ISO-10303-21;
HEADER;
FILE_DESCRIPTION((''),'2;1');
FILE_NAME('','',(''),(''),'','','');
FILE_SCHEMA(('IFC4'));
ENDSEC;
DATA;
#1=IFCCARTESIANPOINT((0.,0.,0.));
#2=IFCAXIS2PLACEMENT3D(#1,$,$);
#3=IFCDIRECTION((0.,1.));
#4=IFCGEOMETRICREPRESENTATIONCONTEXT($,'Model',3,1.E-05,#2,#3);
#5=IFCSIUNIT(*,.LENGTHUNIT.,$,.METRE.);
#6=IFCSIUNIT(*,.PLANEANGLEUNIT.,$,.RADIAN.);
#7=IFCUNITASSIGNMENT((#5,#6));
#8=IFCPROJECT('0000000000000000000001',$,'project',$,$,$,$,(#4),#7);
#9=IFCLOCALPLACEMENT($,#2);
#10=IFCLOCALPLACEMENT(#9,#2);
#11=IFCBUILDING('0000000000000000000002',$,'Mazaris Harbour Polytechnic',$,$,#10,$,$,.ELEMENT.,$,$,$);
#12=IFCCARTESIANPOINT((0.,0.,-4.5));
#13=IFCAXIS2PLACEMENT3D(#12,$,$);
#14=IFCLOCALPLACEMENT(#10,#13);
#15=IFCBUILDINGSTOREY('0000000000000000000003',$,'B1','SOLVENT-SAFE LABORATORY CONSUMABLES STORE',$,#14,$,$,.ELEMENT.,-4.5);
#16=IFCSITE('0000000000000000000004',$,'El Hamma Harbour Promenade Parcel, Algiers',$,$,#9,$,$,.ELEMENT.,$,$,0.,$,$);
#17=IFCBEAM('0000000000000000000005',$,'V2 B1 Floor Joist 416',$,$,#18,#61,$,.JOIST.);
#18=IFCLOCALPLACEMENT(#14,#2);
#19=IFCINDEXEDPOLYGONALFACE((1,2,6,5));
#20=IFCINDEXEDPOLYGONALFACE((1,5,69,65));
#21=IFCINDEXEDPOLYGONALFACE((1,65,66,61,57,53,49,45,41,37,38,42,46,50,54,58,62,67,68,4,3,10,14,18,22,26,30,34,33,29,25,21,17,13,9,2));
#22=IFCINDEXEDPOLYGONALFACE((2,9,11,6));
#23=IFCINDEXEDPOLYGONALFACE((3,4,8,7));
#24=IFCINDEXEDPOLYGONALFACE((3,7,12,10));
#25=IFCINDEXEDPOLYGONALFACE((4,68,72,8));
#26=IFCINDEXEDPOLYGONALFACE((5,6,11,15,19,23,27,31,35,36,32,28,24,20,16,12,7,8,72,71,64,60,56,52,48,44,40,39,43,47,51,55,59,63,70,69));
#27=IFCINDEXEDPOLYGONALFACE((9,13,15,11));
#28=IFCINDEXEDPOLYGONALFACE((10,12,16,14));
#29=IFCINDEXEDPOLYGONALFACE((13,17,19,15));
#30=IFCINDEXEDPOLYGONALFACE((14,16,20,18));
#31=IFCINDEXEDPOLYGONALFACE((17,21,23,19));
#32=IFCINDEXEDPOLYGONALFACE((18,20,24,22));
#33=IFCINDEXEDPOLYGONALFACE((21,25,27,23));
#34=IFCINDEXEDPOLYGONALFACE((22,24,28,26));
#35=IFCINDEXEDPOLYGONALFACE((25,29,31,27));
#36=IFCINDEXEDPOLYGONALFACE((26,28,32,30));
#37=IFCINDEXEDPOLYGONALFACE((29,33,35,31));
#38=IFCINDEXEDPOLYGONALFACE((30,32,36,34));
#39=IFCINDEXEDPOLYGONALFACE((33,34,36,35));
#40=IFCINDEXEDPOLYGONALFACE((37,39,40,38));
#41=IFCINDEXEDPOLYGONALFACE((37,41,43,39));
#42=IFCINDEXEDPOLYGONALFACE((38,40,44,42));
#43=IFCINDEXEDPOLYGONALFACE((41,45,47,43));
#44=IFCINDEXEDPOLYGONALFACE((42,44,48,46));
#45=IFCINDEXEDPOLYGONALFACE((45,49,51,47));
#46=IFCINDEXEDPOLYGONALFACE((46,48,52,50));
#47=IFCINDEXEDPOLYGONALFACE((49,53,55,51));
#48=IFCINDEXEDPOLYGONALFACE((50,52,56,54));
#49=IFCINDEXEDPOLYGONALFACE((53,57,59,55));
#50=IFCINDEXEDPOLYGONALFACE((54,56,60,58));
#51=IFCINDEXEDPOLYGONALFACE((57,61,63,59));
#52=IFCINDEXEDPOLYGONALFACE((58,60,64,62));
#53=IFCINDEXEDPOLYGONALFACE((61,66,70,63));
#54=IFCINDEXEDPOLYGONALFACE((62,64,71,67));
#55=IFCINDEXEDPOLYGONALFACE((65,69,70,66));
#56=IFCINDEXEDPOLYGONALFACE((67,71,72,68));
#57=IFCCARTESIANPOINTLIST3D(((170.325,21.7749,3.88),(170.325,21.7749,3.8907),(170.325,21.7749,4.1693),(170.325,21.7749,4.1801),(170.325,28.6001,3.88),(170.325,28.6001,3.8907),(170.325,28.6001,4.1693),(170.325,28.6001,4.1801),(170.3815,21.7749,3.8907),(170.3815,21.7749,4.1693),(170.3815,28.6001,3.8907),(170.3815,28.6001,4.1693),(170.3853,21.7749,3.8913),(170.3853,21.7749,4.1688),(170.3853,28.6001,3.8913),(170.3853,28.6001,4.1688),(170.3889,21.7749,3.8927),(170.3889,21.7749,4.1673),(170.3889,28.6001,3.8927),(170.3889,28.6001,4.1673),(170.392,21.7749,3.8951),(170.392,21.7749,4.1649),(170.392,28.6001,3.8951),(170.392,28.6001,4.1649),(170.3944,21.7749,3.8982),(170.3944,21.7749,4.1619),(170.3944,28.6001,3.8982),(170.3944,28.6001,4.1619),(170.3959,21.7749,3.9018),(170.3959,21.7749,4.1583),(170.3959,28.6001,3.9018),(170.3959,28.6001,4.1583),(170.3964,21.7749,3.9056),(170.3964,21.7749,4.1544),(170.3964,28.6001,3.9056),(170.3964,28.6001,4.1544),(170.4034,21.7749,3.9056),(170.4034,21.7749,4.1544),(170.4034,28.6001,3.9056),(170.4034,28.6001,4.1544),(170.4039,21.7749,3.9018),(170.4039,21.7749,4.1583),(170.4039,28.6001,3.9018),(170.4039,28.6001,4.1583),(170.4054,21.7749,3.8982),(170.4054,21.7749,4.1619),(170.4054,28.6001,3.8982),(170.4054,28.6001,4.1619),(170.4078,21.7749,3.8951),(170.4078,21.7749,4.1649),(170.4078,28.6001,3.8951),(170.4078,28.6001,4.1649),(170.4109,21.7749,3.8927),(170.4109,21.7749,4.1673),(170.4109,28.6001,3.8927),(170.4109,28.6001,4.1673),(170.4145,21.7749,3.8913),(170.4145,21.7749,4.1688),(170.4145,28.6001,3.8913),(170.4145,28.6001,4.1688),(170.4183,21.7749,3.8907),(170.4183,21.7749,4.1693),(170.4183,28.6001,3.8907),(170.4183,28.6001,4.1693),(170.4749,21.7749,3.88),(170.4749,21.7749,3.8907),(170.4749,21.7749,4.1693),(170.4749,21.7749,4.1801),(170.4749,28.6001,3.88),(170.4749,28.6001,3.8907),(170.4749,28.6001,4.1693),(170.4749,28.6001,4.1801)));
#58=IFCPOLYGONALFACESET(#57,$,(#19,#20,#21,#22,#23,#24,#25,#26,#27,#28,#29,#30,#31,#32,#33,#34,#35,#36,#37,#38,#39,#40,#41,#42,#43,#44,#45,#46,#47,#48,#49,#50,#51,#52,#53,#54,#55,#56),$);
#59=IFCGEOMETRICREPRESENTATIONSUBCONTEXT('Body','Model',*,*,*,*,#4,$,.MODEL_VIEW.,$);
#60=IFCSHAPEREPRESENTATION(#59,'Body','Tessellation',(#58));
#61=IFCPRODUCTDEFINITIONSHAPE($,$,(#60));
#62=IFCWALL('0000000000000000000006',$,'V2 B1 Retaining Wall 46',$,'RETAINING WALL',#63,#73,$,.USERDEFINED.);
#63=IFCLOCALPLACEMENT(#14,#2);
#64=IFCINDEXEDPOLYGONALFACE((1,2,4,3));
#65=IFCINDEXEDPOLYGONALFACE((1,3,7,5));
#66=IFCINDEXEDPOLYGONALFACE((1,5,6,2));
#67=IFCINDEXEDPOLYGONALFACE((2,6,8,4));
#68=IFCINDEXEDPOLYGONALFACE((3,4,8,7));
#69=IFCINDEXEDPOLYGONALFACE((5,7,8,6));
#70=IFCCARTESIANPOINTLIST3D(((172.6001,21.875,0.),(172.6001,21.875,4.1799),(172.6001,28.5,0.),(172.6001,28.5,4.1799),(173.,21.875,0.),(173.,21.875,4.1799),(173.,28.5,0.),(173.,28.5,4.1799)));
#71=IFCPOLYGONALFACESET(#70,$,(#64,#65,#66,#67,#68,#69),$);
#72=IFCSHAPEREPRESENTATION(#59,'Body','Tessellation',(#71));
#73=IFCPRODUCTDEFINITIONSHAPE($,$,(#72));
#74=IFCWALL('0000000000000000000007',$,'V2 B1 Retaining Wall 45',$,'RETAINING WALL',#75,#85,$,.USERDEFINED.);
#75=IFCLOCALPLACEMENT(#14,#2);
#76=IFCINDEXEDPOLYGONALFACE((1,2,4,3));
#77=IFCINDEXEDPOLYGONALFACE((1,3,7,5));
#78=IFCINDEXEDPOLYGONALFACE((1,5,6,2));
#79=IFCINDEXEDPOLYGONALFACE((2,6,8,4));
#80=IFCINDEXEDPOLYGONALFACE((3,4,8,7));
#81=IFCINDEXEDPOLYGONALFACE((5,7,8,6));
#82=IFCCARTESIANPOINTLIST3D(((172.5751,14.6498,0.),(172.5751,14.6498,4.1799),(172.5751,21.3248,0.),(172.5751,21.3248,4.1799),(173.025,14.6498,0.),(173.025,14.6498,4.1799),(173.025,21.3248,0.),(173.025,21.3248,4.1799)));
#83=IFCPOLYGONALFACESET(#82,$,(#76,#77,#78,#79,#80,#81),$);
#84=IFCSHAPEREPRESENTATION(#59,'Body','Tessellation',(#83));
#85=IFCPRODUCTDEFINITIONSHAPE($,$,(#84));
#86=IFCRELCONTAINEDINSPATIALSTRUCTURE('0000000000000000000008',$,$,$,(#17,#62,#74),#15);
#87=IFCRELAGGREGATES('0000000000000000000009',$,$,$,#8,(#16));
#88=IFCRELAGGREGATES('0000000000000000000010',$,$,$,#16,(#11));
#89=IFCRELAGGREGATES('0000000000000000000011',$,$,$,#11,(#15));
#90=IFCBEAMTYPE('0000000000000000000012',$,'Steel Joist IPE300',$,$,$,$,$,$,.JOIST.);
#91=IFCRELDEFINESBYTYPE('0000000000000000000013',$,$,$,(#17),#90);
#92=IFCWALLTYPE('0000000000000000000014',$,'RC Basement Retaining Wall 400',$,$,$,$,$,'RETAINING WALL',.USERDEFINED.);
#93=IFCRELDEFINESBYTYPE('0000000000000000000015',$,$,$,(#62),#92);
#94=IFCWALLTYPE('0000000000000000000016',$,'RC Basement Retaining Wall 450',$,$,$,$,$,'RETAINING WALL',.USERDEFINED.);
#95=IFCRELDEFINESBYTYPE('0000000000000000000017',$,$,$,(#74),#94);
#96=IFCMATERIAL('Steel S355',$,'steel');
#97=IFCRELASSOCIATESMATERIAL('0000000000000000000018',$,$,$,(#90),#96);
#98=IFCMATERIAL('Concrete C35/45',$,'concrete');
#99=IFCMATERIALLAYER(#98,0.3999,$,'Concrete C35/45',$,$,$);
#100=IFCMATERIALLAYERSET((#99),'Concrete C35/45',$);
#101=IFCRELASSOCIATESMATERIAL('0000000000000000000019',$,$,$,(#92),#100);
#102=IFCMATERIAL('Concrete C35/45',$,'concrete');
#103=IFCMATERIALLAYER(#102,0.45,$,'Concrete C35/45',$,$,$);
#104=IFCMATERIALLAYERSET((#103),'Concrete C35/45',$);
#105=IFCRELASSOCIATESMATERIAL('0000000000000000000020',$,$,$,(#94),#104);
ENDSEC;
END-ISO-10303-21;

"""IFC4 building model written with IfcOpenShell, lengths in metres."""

from ifc_helpers import new_model, si_unit, direction, frame, frame_2d, origin, origin_2d, place, context, subcontext, project, spatial, rectangle, i_section, extrude, material, layer, layer_set, material_profile, profile_set, type_object, element, save


model = new_model("IFC4")

# Units and contexts
model_context = context("Model", 3, precision=1e-05, world=origin(), true_north=direction((0.0, 1.0)))
body_context = subcontext(model_context, "Body", "Model", "MODEL_VIEW")
ifc_project = project(units=[si_unit("LENGTHUNIT", "METRE"), si_unit("PLANEANGLEUNIT", "RADIAN")], contexts=[model_context])

# Site, building, storey
site_placement = place(None, origin())
site = spatial("IfcSite", under=ifc_project, at=site_placement, Name="El Hamma Harbour Promenade Parcel, Algiers", CompositionType="ELEMENT", RefElevation=0.0)
building_placement = place(site_placement, origin())
building = spatial("IfcBuilding", under=site, at=building_placement, Name="Mazaris Harbour Polytechnic", CompositionType="ELEMENT")
storey_placement = place(building_placement, frame((0.0, 0.0, -4.5)))
storey = spatial("IfcBuildingStorey", under=building, at=storey_placement, Name="B1", Description="SOLVENT-SAFE LABORATORY CONSUMABLES STORE", CompositionType="ELEMENT", Elevation=-4.5)

# Beam
ifc_material_1 = material(Name="Steel S355", Category="steel")
ifc_material_profile_1 = material_profile(ifc_material_1, i_section(OverallWidth=0.1499, OverallDepth=0.3, WebThickness=0.0071, FlangeThickness=0.0107, FilletRadius=0.0149, at=origin_2d()), Name="IPE 300")
ifc_profile_set_1 = profile_set([ifc_material_profile_1], Name="Steel S355")
beam_type_1 = type_object("IfcBeamType", Name="Steel Joist IPE300", PredefinedType="JOIST", material=ifc_profile_set_1)
beam_1_placement = place(storey_placement, frame((170.3999, 21.7749, 4.03), z_axis=(0.0, 1.0, 0.0), x_axis=(-1.0, 0.0, 0.0)))
element("IfcBeam", 1, at=beam_1_placement, inside=storey, type_object=beam_type_1, Name="V2 B1 Floor Joist 416", PredefinedType="JOIST", context=body_context, shape_type="SweptSolid", body=[
    extrude(i_section(OverallWidth=0.1499, OverallDepth=0.3, WebThickness=0.0071, FlangeThickness=0.0107, FilletRadius=0.0149, at=origin_2d()), origin(), (0.0, 0.0, 1.0), 6.8252),
])

# Walls
ifc_material_2 = material(Name="Concrete C35/45", Category="concrete")
ifc_layer_1 = layer(ifc_material_2, 0.3999, Name="Concrete C35/45")
ifc_layer_set_1 = layer_set([ifc_layer_1], Name="Concrete C35/45")
wall_type_1 = type_object("IfcWallType", Name="RC Basement Retaining Wall 400", ElementType="RETAINING WALL", PredefinedType="USERDEFINED", material=ifc_layer_set_1)
wall_1_placement = place(storey_placement, frame((172.8, 21.875, 0.0), z_axis=(0.0, 0.0, 1.0), x_axis=(0.0, 1.0, 0.0)))
element("IfcWall", 2, at=wall_1_placement, inside=storey, type_object=wall_type_1, Name="V2 B1 Retaining Wall 46", ObjectType="RETAINING WALL", PredefinedType="USERDEFINED", context=body_context, shape_type="SweptSolid", body=[
    extrude(rectangle(XDim=6.625, YDim=0.3999, at=frame_2d((3.3125, 0.0))), origin(), (0.0, 0.0, 1.0), 4.1799),
])
ifc_material_3 = material(Name="Concrete C35/45", Category="concrete")
ifc_layer_2 = layer(ifc_material_3, 0.45, Name="Concrete C35/45")
ifc_layer_set_2 = layer_set([ifc_layer_2], Name="Concrete C35/45")
wall_type_2 = type_object("IfcWallType", Name="RC Basement Retaining Wall 450", ElementType="RETAINING WALL", PredefinedType="USERDEFINED", material=ifc_layer_set_2)
wall_2_placement = place(storey_placement, frame((172.8, 14.6499, 0.0), z_axis=(0.0, 0.0, 1.0), x_axis=(0.0, 1.0, 0.0)))
element("IfcWall", 3, at=wall_2_placement, inside=storey, type_object=wall_type_2, Name="V2 B1 Retaining Wall 45", ObjectType="RETAINING WALL", PredefinedType="USERDEFINED", context=body_context, shape_type="SweptSolid", body=[
    extrude(rectangle(XDim=6.675, YDim=0.45, at=frame_2d((3.3374, 0.0))), origin(), (0.0, 0.0, 1.0), 4.1799),
])

save(model, "model.ifc")
